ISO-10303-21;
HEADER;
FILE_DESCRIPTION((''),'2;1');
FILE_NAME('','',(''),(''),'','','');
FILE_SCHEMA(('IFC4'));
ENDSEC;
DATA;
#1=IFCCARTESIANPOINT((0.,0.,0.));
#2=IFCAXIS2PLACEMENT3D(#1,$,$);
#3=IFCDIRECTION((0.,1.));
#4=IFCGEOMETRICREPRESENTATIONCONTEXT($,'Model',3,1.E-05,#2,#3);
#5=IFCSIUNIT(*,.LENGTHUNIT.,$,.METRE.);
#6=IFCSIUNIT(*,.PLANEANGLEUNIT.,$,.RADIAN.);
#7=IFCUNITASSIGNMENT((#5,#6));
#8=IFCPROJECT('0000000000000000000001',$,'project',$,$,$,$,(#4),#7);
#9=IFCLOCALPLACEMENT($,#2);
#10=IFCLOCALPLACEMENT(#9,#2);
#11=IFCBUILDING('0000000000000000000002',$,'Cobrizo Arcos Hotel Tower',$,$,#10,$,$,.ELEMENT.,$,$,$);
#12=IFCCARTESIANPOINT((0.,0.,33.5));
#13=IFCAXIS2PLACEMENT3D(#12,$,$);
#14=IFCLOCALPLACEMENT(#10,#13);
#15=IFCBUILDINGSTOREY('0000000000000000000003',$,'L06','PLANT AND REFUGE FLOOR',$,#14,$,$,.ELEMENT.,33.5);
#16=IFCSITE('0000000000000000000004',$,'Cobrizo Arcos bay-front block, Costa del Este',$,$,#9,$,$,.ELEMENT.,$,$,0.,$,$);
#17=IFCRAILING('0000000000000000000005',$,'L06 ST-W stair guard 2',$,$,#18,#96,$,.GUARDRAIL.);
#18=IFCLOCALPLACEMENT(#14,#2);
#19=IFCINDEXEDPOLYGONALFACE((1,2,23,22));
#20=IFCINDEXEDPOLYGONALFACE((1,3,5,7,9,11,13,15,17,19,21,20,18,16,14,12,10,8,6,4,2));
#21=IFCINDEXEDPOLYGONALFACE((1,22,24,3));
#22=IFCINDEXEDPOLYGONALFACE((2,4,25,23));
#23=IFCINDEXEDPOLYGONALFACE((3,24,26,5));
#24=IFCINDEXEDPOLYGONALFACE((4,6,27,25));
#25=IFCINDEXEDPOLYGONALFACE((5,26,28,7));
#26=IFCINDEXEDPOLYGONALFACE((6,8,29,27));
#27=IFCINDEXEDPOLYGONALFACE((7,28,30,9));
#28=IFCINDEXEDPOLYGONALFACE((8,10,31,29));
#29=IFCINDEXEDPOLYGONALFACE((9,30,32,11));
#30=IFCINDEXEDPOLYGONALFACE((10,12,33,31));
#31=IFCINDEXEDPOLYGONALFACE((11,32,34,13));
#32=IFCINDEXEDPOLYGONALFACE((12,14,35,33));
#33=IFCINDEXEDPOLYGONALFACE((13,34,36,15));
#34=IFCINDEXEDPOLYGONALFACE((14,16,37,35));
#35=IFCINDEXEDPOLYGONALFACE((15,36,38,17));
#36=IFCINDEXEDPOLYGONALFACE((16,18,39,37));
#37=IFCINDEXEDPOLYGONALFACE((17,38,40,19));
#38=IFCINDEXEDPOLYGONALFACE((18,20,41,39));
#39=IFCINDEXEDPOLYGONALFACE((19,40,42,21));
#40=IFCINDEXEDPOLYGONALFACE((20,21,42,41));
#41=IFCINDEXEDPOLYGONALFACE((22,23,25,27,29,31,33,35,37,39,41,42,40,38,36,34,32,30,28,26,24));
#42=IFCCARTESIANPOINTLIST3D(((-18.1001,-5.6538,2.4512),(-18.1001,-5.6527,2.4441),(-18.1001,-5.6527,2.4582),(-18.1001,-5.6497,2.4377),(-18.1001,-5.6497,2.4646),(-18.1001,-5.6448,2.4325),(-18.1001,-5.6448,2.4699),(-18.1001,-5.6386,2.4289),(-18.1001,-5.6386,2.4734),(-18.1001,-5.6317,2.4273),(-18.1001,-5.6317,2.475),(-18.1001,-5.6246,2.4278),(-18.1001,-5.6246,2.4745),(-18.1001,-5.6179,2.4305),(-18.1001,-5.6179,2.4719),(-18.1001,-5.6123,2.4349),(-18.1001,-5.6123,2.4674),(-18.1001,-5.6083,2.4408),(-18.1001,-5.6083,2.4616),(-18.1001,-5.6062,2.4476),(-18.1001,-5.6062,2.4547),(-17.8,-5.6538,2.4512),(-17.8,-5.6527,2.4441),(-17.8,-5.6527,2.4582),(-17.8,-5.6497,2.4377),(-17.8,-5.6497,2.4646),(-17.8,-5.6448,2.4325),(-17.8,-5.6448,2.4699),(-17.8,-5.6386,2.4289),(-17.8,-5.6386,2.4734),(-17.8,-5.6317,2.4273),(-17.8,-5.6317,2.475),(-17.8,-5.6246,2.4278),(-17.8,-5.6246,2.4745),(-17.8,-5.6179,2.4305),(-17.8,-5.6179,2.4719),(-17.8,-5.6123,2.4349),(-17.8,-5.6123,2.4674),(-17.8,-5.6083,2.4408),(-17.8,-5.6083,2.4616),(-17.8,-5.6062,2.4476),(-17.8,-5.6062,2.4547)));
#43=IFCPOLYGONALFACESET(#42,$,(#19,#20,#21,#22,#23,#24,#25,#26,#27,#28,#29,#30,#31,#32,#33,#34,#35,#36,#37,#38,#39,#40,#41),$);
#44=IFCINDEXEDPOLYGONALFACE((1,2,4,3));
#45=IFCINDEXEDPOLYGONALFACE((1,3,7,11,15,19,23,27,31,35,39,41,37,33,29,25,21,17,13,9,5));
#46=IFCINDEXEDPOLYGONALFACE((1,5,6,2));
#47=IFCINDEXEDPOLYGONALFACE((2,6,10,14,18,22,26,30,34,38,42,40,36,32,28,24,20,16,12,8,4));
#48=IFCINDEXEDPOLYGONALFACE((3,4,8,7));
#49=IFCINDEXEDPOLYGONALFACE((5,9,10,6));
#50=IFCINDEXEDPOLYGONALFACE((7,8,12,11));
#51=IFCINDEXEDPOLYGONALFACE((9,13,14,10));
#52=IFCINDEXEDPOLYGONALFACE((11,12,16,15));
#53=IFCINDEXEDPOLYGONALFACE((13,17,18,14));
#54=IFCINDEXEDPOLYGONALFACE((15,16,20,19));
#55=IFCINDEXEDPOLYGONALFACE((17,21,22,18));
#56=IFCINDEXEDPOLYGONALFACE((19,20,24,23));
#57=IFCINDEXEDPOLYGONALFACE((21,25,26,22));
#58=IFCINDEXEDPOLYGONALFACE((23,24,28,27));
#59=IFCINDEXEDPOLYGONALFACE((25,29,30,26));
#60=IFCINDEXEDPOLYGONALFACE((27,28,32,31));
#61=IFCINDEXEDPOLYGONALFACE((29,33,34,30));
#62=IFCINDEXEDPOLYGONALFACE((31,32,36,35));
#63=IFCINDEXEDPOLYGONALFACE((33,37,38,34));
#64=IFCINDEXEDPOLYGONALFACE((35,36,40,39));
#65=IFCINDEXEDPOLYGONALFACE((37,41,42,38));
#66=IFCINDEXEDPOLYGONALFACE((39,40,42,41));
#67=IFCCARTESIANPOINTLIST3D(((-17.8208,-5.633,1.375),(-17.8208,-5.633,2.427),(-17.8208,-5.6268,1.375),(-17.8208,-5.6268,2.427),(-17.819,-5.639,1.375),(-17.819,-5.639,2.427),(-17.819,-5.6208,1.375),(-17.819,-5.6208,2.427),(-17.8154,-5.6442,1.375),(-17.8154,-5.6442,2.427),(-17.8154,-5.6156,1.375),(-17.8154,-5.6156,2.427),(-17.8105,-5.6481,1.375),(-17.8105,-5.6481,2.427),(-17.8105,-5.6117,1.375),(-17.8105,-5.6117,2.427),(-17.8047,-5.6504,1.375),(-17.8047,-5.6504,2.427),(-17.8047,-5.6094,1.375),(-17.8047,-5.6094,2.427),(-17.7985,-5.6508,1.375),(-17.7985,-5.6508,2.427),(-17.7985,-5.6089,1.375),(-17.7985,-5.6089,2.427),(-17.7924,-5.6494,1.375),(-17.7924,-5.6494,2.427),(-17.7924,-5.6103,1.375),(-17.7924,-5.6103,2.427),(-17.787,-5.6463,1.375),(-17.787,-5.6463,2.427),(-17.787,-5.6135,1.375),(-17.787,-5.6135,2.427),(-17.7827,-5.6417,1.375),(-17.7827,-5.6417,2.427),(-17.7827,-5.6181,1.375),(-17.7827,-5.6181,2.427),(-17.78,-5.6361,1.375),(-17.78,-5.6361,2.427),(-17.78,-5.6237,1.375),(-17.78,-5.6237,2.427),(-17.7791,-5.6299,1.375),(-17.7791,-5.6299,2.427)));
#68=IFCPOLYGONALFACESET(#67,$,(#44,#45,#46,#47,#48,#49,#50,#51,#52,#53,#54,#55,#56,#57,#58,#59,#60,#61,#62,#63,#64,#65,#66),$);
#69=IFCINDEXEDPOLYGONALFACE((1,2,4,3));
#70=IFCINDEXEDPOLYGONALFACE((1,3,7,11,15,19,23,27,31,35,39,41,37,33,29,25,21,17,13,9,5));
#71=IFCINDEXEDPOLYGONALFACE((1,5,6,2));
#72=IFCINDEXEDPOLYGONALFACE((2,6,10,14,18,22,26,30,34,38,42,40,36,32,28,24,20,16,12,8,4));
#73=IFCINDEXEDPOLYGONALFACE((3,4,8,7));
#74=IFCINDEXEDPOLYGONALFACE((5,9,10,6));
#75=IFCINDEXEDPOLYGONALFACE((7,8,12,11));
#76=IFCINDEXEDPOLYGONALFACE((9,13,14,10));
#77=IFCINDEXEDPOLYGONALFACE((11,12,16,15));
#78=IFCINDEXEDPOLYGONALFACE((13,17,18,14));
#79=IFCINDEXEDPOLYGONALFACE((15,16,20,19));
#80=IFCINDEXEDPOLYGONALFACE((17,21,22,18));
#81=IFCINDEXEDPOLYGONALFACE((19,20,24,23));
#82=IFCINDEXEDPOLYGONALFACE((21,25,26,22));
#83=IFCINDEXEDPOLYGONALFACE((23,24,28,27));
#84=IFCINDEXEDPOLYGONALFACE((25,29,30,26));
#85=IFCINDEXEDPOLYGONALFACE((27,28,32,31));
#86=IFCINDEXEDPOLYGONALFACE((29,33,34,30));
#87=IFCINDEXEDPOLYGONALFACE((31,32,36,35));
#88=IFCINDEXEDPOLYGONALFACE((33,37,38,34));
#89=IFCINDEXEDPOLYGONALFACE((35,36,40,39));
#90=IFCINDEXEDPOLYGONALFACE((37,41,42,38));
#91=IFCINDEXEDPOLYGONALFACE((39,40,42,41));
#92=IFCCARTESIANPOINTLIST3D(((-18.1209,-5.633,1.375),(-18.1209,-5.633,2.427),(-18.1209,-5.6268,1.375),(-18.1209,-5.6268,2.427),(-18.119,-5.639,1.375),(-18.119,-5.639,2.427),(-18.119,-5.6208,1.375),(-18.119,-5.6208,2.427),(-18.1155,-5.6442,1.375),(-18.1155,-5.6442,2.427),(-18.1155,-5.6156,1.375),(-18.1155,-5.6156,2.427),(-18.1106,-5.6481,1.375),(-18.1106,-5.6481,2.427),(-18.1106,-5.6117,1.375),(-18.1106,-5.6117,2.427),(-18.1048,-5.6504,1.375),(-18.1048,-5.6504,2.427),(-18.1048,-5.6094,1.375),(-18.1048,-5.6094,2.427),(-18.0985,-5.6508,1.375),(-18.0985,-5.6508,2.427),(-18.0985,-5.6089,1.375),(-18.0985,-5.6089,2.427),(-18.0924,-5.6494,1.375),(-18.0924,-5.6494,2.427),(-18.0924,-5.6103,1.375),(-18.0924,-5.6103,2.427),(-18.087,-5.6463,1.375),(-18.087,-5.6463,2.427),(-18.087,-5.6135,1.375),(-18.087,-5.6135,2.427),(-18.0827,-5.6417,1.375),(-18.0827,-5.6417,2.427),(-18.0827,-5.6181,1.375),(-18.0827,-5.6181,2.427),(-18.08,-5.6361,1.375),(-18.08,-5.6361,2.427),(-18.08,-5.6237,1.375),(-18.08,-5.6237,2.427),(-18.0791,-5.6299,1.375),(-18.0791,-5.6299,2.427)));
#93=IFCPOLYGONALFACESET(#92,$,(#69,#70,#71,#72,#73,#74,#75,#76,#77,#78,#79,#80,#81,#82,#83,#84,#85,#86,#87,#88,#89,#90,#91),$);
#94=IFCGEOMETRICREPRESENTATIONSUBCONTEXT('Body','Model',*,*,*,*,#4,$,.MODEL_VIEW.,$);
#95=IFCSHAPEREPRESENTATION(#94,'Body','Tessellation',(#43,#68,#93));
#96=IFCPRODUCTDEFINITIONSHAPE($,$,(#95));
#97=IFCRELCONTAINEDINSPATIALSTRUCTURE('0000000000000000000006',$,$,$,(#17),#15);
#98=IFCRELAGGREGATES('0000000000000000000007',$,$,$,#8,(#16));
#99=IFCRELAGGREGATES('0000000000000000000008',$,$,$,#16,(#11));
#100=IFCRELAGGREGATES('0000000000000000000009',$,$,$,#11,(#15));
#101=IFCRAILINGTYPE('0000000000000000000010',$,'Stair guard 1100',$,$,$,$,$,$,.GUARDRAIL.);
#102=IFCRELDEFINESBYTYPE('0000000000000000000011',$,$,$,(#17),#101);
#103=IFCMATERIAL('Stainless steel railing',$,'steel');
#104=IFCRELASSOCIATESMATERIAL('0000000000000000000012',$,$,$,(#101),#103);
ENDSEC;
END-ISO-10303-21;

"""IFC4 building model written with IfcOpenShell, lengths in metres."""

from ifc_helpers import new_model, si_unit, direction, frame, origin, origin_2d, place, context, subcontext, project, spatial, circle, extrude, material, type_object, element, save


model = new_model("IFC4")

# Units and contexts
model_context = context("Model", 3, precision=1e-05, world=origin(), true_north=direction((0.0, 1.0)))
body_context = subcontext(model_context, "Body", "Model", "MODEL_VIEW")
ifc_project = project(units=[si_unit("LENGTHUNIT", "METRE"), si_unit("PLANEANGLEUNIT", "RADIAN")], contexts=[model_context])

# Site, building, storey
site_placement = place(None, origin())
site = spatial("IfcSite", under=ifc_project, at=site_placement, Name="Cobrizo Arcos bay-front block, Costa del Este", CompositionType="ELEMENT", RefElevation=0.0)
building_placement = place(site_placement, origin())
building = spatial("IfcBuilding", under=site, at=building_placement, Name="Cobrizo Arcos Hotel Tower", CompositionType="ELEMENT")
storey_placement = place(building_placement, frame((0.0, 0.0, 33.5)))
storey = spatial("IfcBuildingStorey", under=building, at=storey_placement, Name="L06", Description="PLANT AND REFUGE FLOOR", CompositionType="ELEMENT", Elevation=33.5)

# Railing
ifc_material_1 = material(Name="Stainless steel railing", Category="steel")
railing_type_1 = type_object("IfcRailingType", Name="Stair guard 1100", PredefinedType="GUARDRAIL", material=ifc_material_1)
railing_1_placement = place(storey_placement, frame((-17.8, -5.6299, 1.375)))
element("IfcRailing", 1, at=railing_1_placement, inside=storey, type_object=railing_type_1, Name="L06 ST-W stair guard 2", PredefinedType="GUARDRAIL", context=body_context, shape_type="SweptSolid", body=[
    extrude(circle(Radius=0.0239, at=origin_2d()), frame((0.0, 0.0, 1.0762), z_axis=(-1.0, 0.0, 0.0), x_axis=(0.0, -1.0, 0.0)), (0.0, 0.0, 1.0), 0.3),
    extrude(circle(Radius=0.021, at=origin_2d()), origin(), (0.0, 0.0, 1.0), 1.052),
    extrude(circle(Radius=0.021, at=origin_2d()), frame((-0.3, 0.0, 0.0)), (0.0, 0.0, 1.0), 1.052),
])

save(model, "model.ifc")
